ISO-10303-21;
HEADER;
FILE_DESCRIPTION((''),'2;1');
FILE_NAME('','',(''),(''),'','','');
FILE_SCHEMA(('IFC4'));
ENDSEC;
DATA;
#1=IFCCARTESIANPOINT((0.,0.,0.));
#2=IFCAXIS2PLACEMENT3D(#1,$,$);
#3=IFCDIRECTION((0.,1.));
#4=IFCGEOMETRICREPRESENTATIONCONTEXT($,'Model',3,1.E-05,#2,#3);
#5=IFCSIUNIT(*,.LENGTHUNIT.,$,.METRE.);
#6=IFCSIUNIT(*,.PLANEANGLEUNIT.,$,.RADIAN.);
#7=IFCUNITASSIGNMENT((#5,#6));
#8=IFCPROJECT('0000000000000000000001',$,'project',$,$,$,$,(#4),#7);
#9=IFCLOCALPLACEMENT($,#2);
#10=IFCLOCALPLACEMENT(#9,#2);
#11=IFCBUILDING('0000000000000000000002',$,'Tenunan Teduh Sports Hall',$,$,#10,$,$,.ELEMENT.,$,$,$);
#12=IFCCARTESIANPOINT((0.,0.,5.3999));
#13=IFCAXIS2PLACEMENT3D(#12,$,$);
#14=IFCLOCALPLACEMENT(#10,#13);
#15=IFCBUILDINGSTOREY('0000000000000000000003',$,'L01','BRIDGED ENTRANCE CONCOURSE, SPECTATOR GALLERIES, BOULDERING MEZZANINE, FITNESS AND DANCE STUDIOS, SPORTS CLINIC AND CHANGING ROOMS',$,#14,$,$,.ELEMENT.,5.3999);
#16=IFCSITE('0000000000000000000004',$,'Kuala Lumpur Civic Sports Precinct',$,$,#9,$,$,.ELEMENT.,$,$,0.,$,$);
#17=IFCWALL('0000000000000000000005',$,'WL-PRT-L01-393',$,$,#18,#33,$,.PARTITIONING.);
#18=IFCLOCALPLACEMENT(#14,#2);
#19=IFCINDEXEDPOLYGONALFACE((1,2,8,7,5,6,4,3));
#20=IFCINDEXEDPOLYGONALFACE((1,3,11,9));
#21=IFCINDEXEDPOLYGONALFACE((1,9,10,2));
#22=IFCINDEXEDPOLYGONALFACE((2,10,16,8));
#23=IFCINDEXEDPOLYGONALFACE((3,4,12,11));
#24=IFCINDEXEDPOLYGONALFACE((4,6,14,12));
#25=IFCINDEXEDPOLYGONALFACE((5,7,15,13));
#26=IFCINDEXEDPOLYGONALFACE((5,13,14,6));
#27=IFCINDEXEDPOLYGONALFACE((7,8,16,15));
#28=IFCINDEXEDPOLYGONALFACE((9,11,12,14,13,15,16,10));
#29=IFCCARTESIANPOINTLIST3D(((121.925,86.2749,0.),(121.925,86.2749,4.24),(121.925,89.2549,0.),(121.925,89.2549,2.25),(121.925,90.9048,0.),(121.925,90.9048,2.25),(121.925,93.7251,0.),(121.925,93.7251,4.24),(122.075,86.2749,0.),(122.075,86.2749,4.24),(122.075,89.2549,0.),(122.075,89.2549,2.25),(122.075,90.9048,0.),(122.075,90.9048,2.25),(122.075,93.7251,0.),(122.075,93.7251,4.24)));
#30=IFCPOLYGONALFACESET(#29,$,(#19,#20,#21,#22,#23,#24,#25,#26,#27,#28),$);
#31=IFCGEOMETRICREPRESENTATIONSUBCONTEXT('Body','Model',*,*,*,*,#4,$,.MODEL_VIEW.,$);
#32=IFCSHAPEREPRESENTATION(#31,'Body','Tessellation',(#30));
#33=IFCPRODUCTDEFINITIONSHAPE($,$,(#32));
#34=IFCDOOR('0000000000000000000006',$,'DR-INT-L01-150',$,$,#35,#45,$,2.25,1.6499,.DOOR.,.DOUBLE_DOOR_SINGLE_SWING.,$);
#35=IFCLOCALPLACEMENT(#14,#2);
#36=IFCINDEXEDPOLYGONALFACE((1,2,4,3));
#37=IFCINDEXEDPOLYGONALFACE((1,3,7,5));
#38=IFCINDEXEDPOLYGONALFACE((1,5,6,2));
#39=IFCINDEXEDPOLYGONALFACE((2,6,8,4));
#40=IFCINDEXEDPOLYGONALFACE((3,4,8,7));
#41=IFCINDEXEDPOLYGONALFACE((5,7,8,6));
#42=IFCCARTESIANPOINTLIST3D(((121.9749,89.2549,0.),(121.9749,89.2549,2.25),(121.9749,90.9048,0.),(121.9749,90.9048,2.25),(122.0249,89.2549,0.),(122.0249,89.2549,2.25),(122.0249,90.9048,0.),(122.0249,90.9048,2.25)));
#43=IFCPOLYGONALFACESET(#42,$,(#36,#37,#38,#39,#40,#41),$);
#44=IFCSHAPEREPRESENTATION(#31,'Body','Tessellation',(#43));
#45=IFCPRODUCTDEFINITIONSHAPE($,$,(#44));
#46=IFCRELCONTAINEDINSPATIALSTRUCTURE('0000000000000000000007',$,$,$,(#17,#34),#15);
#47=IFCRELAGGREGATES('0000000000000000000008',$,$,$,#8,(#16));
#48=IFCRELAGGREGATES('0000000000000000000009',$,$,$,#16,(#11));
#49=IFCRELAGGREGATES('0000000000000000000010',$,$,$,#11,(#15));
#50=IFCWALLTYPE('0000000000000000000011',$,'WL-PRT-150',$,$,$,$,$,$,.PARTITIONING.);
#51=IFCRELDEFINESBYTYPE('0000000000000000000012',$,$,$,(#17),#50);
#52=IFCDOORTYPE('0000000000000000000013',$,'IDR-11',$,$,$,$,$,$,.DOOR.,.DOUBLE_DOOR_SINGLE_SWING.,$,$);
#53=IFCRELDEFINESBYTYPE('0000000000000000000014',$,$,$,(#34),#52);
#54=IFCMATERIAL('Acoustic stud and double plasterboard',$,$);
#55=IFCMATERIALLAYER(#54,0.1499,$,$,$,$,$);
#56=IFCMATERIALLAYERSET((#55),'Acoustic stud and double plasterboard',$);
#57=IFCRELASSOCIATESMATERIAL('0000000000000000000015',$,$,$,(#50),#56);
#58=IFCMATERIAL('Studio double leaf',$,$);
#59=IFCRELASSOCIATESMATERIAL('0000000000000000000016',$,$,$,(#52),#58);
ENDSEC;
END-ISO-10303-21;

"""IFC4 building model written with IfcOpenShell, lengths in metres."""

from ifc_helpers import new_model, si_unit, direction, frame, frame_2d, origin, place, context, subcontext, project, spatial, rectangle, extrude, material, layer, layer_set, type_object, element, fill, save


model = new_model("IFC4")

# Units and contexts
model_context = context("Model", 3, precision=1e-05, world=origin(), true_north=direction((0.0, 1.0)))
body_context = subcontext(model_context, "Body", "Model", "MODEL_VIEW")
ifc_project = project(units=[si_unit("LENGTHUNIT", "METRE"), si_unit("PLANEANGLEUNIT", "RADIAN")], contexts=[model_context])

# Site, building, storey
site_placement = place(None, origin())
site = spatial("IfcSite", under=ifc_project, at=site_placement, Name="Kuala Lumpur Civic Sports Precinct", CompositionType="ELEMENT", RefElevation=0.0)
building_placement = place(site_placement, origin())
building = spatial("IfcBuilding", under=site, at=building_placement, Name="Tenunan Teduh Sports Hall", CompositionType="ELEMENT")
storey_placement = place(building_placement, frame((0.0, 0.0, 5.3999)))
storey = spatial("IfcBuildingStorey", under=building, at=storey_placement, Name="L01", Description="BRIDGED ENTRANCE CONCOURSE, SPECTATOR GALLERIES, BOULDERING MEZZANINE, FITNESS AND DANCE STUDIOS, SPORTS CLINIC AND CHANGING ROOMS", CompositionType="ELEMENT", Elevation=5.3999)

# Wall, opening, door
ifc_material_1 = material(Name="Acoustic stud and double plasterboard")
ifc_layer_1 = layer(ifc_material_1, 0.1499)
ifc_layer_set_1 = layer_set([ifc_layer_1], Name="Acoustic stud and double plasterboard")
wall_type = type_object("IfcWallType", Name="WL-PRT-150", PredefinedType="PARTITIONING", material=ifc_layer_set_1)
wall_placement = place(storey_placement, frame((122.0, 86.2749, 0.0), z_axis=(0.0, 0.0, 1.0), x_axis=(0.0, 1.0, 0.0)))
wall = element("IfcWall", 1, at=wall_placement, inside=storey, type_object=wall_type, Name="WL-PRT-L01-393", PredefinedType="PARTITIONING", context=body_context, shape_type="SweptSolid", body=[
    extrude(rectangle(XDim=7.4502, YDim=0.1499, at=frame_2d((3.7251, 0.0))), origin(), (0.0, 0.0, 1.0), 4.24),
])
opening_placement = place(wall_placement, frame((2.98, 0.0, 0.0)))
opening = element("IfcOpeningElement", 2, at=opening_placement, cuts=wall, PredefinedType="OPENING", context=body_context, shape_type="SweptSolid", body=[
    extrude(rectangle(XDim=1.6499, YDim=2.25, at=frame_2d((0.825, 1.125))), frame((0.0, 0.085, 0.0), z_axis=(0.0, -1.0, 0.0), x_axis=(1.0, 0.0, 0.0)), (0.0, 0.0, 1.0), 0.1699),
])
ifc_material_2 = material(Name="Studio double leaf")
door_type = type_object("IfcDoorType", Name="IDR-11", OperationType="DOUBLE_DOOR_SINGLE_SWING", PredefinedType="DOOR", material=ifc_material_2)
door_placement = place(opening_placement, frame((1.6499, 0.0, 0.0), z_axis=(0.0, 0.0, 1.0), x_axis=(-1.0, 0.0, 0.0)))
door = element("IfcDoor", 3, at=door_placement, inside=storey, type_object=door_type, Name="DR-INT-L01-150", OperationType="DOUBLE_DOOR_SINGLE_SWING", OverallHeight=2.25, OverallWidth=1.6499, PredefinedType="DOOR", context=body_context, shape_type="SweptSolid", body=[
    extrude(rectangle(XDim=1.6499, YDim=2.25, at=frame_2d((0.825, 1.125))), frame((0.0, 0.0249, 0.0), z_axis=(0.0, -1.0, 0.0), x_axis=(1.0, 0.0, 0.0)), (0.0, 0.0, 1.0), 0.05),
])
fill(opening, door)

save(model, "model.ifc")
